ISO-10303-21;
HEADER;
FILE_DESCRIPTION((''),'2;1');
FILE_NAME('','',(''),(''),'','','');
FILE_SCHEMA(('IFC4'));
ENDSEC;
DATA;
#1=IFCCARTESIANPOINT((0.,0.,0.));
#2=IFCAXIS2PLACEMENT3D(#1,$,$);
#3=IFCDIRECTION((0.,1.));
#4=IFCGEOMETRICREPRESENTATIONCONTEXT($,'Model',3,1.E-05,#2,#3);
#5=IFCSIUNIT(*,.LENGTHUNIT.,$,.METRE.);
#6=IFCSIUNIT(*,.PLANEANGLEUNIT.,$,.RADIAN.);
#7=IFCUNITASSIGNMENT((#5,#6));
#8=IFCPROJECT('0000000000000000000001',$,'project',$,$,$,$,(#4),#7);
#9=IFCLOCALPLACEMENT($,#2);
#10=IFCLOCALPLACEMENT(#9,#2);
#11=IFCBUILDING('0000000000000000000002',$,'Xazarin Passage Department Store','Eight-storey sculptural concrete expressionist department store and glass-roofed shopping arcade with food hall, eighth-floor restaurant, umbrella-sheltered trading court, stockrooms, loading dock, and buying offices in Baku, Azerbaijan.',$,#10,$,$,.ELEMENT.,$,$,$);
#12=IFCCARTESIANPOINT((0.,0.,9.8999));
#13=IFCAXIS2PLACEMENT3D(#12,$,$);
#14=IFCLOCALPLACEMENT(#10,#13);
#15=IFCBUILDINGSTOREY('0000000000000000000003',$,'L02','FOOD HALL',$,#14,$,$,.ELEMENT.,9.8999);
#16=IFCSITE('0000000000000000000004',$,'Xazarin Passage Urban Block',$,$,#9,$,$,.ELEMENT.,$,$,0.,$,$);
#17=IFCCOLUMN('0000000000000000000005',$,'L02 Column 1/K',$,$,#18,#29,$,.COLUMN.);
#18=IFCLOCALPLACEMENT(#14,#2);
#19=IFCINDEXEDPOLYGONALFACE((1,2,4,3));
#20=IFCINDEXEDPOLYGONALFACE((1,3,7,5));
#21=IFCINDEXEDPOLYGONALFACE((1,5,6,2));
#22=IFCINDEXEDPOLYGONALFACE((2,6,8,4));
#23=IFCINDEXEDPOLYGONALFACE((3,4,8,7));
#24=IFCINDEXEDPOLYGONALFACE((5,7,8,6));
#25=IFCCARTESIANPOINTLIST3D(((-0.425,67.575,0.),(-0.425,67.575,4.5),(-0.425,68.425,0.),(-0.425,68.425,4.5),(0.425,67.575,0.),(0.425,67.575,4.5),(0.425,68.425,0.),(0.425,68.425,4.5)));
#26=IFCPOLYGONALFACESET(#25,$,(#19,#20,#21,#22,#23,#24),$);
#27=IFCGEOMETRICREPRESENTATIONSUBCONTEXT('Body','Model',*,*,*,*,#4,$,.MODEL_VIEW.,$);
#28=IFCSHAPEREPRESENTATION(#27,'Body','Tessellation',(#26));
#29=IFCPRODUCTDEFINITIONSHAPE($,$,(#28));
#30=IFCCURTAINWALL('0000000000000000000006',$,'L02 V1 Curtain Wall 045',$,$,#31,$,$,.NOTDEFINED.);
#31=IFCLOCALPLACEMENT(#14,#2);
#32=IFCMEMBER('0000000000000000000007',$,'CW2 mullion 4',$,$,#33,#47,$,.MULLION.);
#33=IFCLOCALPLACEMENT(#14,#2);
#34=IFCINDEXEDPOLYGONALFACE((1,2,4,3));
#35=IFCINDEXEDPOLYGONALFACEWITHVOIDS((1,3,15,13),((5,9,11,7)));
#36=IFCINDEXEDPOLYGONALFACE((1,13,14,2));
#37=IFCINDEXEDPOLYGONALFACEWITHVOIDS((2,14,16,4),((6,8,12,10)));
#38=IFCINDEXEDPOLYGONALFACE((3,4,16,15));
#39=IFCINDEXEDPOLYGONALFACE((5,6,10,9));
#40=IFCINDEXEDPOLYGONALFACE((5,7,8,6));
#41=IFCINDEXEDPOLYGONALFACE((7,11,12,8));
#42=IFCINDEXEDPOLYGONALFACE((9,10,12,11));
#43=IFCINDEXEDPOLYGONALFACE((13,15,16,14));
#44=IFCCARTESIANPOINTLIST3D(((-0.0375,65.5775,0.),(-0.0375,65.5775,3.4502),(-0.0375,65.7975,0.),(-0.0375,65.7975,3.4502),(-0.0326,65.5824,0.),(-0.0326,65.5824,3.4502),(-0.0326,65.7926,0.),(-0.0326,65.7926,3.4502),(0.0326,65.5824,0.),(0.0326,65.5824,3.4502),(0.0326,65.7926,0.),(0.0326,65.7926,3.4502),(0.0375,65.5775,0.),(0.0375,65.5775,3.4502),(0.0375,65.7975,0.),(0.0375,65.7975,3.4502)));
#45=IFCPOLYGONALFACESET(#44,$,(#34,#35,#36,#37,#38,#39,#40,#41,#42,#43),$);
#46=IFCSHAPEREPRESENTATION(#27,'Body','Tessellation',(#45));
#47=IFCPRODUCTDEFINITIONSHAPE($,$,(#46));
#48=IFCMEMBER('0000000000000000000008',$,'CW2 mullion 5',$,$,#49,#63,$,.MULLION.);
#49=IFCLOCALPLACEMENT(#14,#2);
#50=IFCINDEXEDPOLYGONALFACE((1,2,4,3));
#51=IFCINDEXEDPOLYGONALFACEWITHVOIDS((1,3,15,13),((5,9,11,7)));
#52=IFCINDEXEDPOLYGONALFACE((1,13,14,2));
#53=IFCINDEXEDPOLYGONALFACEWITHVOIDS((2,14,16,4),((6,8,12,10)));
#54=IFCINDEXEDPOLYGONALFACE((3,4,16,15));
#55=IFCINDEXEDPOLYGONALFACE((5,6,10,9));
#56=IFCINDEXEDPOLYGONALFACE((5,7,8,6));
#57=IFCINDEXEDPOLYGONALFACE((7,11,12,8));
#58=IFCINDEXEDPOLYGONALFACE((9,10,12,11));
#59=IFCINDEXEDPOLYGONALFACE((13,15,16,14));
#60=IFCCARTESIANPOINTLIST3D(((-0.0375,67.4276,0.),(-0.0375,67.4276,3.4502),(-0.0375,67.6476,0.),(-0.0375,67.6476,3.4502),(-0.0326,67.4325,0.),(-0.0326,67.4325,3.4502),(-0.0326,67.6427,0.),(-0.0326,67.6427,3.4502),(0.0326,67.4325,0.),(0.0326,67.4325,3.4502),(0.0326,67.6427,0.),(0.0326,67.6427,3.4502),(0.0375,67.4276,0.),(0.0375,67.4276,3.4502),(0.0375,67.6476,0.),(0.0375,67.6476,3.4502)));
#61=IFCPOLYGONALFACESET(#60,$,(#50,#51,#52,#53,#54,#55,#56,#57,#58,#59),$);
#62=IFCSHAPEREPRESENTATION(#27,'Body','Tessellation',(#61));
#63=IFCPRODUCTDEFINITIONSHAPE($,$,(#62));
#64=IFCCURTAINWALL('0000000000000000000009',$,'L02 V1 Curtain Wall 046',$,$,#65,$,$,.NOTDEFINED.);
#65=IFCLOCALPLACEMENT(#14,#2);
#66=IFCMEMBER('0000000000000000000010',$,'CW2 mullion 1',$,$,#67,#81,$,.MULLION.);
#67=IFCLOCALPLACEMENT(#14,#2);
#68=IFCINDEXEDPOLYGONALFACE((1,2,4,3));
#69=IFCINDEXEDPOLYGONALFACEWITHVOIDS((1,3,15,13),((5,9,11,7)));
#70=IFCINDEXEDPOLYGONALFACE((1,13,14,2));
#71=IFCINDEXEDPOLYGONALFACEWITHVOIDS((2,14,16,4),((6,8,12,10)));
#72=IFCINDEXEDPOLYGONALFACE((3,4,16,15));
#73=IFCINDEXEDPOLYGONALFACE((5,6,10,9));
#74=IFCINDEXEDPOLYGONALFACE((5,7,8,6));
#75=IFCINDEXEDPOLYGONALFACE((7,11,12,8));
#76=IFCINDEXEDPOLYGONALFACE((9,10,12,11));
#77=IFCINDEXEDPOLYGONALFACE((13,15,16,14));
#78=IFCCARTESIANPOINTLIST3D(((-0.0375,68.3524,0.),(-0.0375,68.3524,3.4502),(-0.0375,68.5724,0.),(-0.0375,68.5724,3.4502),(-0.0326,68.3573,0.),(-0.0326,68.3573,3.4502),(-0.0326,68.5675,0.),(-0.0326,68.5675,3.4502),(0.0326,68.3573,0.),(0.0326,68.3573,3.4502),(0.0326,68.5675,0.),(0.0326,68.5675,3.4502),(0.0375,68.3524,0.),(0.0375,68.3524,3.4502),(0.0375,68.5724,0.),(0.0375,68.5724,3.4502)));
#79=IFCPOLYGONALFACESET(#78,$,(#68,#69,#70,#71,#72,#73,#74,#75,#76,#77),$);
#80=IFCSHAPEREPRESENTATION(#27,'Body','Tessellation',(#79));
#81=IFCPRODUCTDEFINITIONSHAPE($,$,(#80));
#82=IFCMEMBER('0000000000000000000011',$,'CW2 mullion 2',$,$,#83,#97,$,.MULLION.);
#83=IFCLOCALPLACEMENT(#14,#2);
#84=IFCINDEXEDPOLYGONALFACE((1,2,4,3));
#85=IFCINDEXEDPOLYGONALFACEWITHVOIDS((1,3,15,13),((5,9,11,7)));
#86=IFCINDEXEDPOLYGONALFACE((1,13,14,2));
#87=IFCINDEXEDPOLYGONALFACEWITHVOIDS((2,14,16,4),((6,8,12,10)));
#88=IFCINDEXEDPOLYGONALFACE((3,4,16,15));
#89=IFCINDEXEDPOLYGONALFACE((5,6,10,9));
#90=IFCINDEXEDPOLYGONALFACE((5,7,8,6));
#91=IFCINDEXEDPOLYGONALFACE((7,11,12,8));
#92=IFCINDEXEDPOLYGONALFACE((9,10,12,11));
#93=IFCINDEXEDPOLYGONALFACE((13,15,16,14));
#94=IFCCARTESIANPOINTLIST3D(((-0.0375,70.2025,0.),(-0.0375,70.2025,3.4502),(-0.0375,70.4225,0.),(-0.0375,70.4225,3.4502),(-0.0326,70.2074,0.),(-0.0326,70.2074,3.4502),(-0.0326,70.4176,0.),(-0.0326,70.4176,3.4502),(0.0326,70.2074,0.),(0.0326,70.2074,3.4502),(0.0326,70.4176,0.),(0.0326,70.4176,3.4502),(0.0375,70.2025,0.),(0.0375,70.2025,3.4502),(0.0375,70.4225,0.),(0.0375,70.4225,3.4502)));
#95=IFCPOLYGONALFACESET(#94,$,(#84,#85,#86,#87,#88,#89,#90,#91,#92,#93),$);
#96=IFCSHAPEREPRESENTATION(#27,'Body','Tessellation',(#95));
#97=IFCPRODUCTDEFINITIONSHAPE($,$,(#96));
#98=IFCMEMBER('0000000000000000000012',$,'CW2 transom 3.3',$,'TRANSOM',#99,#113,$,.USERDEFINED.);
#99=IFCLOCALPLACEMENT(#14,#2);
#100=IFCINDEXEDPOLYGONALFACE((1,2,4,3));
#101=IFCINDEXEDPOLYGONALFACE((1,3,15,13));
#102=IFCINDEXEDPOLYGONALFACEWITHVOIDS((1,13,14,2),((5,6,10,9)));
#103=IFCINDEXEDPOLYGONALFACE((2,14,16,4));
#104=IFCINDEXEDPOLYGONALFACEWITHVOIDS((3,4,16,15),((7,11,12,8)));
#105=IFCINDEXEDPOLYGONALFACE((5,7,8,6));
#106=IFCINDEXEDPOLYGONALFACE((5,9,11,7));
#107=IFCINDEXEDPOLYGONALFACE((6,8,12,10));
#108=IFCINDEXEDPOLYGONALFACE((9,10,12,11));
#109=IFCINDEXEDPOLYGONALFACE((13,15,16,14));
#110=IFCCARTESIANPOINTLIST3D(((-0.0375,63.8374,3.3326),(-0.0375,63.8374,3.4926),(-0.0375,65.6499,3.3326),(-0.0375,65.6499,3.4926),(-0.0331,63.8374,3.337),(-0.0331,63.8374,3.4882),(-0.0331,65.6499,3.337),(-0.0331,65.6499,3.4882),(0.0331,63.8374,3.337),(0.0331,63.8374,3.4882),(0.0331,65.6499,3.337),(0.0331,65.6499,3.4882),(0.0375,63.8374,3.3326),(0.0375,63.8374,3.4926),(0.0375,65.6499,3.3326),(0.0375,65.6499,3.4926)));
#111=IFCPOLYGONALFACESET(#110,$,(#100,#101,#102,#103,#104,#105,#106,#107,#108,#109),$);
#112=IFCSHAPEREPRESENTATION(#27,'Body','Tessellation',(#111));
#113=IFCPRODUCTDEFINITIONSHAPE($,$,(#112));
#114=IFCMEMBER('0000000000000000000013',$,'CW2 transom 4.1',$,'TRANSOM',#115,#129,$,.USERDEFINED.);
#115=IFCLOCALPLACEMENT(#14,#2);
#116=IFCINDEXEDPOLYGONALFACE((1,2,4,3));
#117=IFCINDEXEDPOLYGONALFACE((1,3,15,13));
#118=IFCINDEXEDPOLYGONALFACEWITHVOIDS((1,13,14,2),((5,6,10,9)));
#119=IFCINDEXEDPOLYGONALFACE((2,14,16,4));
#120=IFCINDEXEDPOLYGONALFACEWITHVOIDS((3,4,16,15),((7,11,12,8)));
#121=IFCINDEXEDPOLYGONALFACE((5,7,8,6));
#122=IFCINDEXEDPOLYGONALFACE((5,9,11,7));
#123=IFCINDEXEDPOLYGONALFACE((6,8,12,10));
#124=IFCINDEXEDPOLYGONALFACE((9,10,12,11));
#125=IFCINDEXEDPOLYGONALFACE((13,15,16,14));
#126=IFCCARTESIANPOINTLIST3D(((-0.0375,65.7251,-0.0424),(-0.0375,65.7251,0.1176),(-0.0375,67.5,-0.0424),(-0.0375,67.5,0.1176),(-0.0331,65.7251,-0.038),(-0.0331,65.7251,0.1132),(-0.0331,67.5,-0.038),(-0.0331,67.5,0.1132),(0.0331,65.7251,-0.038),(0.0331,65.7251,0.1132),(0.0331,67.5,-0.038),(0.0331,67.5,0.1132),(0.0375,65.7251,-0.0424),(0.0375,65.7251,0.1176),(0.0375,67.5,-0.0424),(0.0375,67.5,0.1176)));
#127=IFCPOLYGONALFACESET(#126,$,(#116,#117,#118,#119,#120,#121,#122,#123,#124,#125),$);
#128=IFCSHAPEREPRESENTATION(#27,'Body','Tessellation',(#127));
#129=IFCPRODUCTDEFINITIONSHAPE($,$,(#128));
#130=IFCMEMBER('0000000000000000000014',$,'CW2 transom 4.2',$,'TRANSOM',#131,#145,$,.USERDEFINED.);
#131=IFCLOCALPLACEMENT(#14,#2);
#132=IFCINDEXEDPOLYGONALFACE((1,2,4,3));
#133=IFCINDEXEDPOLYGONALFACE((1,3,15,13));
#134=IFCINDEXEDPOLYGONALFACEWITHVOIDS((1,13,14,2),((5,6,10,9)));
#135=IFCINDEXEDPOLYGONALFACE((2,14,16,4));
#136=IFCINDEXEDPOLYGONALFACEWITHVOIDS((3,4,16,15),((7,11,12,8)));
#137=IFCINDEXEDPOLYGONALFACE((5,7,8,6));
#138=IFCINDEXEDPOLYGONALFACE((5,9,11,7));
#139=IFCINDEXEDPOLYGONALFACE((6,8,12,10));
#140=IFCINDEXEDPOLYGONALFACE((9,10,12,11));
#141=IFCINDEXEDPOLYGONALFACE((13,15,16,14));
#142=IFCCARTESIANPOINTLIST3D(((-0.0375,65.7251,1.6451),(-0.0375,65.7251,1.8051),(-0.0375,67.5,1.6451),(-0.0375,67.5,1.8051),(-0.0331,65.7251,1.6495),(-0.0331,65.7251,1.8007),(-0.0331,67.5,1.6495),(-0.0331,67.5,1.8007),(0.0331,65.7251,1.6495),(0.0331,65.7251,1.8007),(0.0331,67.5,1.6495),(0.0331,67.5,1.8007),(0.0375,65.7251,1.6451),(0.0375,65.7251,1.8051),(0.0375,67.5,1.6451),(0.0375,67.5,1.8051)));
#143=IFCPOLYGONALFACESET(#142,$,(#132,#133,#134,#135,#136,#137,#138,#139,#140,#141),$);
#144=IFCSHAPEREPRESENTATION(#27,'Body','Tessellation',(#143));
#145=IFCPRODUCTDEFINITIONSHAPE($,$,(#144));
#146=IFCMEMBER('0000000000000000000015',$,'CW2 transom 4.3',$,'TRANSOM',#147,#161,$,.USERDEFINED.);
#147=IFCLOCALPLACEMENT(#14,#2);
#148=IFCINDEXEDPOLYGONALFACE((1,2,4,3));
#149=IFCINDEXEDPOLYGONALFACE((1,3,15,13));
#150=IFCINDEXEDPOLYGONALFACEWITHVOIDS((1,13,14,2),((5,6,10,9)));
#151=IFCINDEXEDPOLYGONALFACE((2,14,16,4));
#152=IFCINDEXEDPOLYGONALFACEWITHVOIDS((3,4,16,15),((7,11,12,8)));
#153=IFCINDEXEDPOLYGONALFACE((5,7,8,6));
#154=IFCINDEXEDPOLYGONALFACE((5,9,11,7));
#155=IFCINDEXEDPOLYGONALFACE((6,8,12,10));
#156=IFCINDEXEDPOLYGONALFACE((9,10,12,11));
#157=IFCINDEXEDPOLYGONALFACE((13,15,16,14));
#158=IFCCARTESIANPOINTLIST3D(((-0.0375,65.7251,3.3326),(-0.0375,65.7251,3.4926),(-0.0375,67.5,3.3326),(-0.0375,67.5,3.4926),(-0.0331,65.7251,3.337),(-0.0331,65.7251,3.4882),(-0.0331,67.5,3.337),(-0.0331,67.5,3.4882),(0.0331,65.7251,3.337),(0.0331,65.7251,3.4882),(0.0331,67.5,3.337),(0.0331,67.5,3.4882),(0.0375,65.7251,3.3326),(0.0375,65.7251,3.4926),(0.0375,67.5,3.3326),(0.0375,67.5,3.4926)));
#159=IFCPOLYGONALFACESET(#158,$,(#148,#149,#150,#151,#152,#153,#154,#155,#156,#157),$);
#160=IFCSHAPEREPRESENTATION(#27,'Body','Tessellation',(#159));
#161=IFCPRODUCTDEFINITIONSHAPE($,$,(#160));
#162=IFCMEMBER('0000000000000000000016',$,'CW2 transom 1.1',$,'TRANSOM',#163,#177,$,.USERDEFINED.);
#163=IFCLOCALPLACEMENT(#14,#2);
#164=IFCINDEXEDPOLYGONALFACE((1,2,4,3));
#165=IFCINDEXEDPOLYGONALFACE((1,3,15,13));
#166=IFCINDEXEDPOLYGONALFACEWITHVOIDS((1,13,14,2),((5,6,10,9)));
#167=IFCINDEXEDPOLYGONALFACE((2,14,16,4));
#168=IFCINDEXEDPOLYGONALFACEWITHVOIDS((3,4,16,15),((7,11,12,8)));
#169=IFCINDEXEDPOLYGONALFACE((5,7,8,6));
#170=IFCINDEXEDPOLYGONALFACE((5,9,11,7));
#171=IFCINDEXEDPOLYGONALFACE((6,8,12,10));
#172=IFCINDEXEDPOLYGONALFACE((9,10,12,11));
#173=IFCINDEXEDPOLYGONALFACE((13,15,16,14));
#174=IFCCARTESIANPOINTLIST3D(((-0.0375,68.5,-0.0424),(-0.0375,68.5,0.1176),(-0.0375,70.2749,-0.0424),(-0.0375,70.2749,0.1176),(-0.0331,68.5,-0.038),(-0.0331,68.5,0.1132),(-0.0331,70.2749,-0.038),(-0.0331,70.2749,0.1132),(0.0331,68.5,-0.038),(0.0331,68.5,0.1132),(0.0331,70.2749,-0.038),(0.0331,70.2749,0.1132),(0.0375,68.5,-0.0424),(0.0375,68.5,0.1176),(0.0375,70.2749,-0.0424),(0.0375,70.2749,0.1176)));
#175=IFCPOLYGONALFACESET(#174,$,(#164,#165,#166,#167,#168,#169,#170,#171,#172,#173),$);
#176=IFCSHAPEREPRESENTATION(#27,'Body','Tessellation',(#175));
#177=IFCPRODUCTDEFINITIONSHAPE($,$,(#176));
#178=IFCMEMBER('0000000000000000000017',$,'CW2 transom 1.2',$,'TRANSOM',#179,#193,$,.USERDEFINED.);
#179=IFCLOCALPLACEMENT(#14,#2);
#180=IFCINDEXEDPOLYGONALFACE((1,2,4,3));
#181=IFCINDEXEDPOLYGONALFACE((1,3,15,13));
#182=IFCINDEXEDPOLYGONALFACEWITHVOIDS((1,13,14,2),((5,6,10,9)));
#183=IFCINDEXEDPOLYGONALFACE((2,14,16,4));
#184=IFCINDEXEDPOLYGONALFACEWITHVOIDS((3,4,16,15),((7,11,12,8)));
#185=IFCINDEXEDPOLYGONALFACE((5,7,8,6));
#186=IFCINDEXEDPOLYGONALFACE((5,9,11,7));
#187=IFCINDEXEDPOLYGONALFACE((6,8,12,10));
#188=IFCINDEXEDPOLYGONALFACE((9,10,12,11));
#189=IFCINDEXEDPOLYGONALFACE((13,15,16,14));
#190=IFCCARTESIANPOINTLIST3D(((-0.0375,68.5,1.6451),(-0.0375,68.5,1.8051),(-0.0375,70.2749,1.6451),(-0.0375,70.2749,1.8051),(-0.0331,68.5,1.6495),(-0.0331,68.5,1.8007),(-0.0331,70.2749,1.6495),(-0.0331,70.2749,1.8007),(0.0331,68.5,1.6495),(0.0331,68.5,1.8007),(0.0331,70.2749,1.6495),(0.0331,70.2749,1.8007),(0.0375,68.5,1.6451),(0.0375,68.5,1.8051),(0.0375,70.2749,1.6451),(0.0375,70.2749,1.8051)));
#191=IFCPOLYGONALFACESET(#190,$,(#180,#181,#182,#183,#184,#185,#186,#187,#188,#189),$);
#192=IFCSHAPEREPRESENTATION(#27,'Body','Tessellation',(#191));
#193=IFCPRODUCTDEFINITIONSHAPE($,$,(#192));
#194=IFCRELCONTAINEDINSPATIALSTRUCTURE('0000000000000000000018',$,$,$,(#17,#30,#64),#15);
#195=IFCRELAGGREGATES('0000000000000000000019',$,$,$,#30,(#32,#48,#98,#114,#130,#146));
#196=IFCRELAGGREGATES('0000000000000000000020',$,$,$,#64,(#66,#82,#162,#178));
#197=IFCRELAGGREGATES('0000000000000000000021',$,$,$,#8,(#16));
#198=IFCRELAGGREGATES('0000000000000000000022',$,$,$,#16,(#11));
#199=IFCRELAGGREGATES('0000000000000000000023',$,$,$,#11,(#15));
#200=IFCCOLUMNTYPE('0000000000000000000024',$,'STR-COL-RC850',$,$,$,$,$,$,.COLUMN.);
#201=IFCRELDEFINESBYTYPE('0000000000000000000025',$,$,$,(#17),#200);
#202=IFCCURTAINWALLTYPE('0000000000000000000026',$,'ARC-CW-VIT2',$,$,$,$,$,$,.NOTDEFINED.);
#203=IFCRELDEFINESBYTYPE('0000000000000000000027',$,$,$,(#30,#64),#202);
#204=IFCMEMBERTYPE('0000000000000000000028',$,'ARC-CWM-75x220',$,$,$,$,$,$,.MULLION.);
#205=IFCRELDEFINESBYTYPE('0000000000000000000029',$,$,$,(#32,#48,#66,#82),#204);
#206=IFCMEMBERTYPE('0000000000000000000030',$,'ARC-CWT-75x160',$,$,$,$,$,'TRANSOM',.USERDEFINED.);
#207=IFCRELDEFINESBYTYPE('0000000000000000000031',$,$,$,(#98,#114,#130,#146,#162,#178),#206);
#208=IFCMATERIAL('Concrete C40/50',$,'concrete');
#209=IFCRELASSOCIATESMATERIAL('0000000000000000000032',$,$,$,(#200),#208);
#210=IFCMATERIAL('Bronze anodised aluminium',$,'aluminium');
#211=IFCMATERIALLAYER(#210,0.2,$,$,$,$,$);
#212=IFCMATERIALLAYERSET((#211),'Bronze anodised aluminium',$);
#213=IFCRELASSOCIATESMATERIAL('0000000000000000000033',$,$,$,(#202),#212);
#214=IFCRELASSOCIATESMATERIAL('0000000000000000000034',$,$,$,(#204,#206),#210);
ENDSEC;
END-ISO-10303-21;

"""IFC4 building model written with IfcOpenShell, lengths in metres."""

from ifc_helpers import new_model, si_unit, direction, frame, origin, origin_2d, place, context, subcontext, project, spatial, rectangle, hollow_rectangle, extrude, material, layer, layer_set, material_profile, profile_set, type_object, element, aggregate, save


model = new_model("IFC4")

# Units and contexts
model_context = context("Model", 3, precision=1e-05, world=origin(), true_north=direction((0.0, 1.0)))
body_context = subcontext(model_context, "Body", "Model", "MODEL_VIEW")
ifc_project = project(units=[si_unit("LENGTHUNIT", "METRE"), si_unit("PLANEANGLEUNIT", "RADIAN")], contexts=[model_context])

# Site, building, storey
site_placement = place(None, origin())
site = spatial("IfcSite", under=ifc_project, at=site_placement, Name="Xazarin Passage Urban Block", CompositionType="ELEMENT", RefElevation=0.0)
building_placement = place(site_placement, origin())
building = spatial("IfcBuilding", under=site, at=building_placement, Name="Xazarin Passage Department Store", Description="Eight-storey sculptural concrete expressionist department store and glass-roofed shopping arcade with food hall, eighth-floor restaurant, umbrella-sheltered trading court, stockrooms, loading dock, and buying offices in Baku, Azerbaijan.", CompositionType="ELEMENT")
storey_placement = place(building_placement, frame((0.0, 0.0, 9.8999)))
storey = spatial("IfcBuildingStorey", under=building, at=storey_placement, Name="L02", Description="FOOD HALL", CompositionType="ELEMENT", Elevation=9.8999)

# Column
ifc_material_1 = material(Name="Concrete C40/50", Category="concrete")
ifc_material_profile_1 = material_profile(ifc_material_1, rectangle(XDim=0.8501, YDim=0.8501, at=origin_2d()), Name="RC 850x850")
ifc_profile_set_1 = profile_set([ifc_material_profile_1], Name="Concrete C40/50")
column_type = type_object("IfcColumnType", Name="STR-COL-RC850", PredefinedType="COLUMN", material=ifc_profile_set_1)
column_placement = place(storey_placement, frame((0.0, 68.0, 0.0), z_axis=(0.0, 0.0, 1.0), x_axis=(1.0, 0.0, 0.0)))
element("IfcColumn", 1, at=column_placement, inside=storey, type_object=column_type, Name="L02 Column 1/K", PredefinedType="COLUMN", context=body_context, shape_type="SweptSolid", body=[
    extrude(rectangle(XDim=0.8501, YDim=0.8501, at=origin_2d()), origin(), (0.0, 0.0, 1.0), 4.5),
])

# Curtain walls, members
ifc_material_2 = material(Name="Bronze anodised aluminium", Category="aluminium")
ifc_layer_1 = layer(ifc_material_2, 0.2)
ifc_layer_set_1 = layer_set([ifc_layer_1], Name="Bronze anodised aluminium")
curtain_wall_type = type_object("IfcCurtainWallType", Name="ARC-CW-VIT2", PredefinedType="NOTDEFINED", material=ifc_layer_set_1)
curtain_wall_1_placement = place(storey_placement, origin())
curtain_wall_1 = element("IfcCurtainWall", 2, at=curtain_wall_1_placement, inside=storey, type_object=curtain_wall_type, Name="L02 V1 Curtain Wall 045", PredefinedType="NOTDEFINED")
ifc_material_profile_2 = material_profile(ifc_material_2, hollow_rectangle(XDim=0.075, YDim=0.22, WallThickness=0.0049, at=origin_2d()), Name="ALU 75x220")
ifc_profile_set_2 = profile_set([ifc_material_profile_2], Name="Bronze anodised aluminium")
member_type_1 = type_object("IfcMemberType", Name="ARC-CWM-75x220", PredefinedType="MULLION", material=ifc_profile_set_2)
member_1_placement = place(storey_placement, frame((0.0, 65.6875, 0.0), z_axis=(0.0, 0.0, 1.0), x_axis=(-1.0, 0.0, 0.0)))
member_1 = element("IfcMember", 3, at=member_1_placement, type_object=member_type_1, Name="CW2 mullion 4", PredefinedType="MULLION", context=body_context, shape_type="SweptSolid", body=[
    extrude(hollow_rectangle(XDim=0.075, YDim=0.22, WallThickness=0.0049, at=origin_2d()), origin(), (0.0, 0.0, 1.0), 3.4502),
])
member_2_placement = place(storey_placement, frame((0.0, 67.5376, 0.0), z_axis=(0.0, 0.0, 1.0), x_axis=(-1.0, 0.0, 0.0)))
member_2 = element("IfcMember", 4, at=member_2_placement, type_object=member_type_1, Name="CW2 mullion 5", PredefinedType="MULLION", context=body_context, shape_type="SweptSolid", body=[
    extrude(hollow_rectangle(XDim=0.075, YDim=0.22, WallThickness=0.0049, at=origin_2d()), origin(), (0.0, 0.0, 1.0), 3.4502),
])
curtain_wall_2_placement = place(storey_placement, origin())
curtain_wall_2 = element("IfcCurtainWall", 5, at=curtain_wall_2_placement, inside=storey, type_object=curtain_wall_type, Name="L02 V1 Curtain Wall 046", PredefinedType="NOTDEFINED")
member_3_placement = place(storey_placement, frame((0.0, 68.4624, 0.0), z_axis=(0.0, 0.0, 1.0), x_axis=(-1.0, 0.0, 0.0)))
member_3 = element("IfcMember", 6, at=member_3_placement, type_object=member_type_1, Name="CW2 mullion 1", PredefinedType="MULLION", context=body_context, shape_type="SweptSolid", body=[
    extrude(hollow_rectangle(XDim=0.075, YDim=0.22, WallThickness=0.0049, at=origin_2d()), origin(), (0.0, 0.0, 1.0), 3.4502),
])
member_4_placement = place(storey_placement, frame((0.0, 70.3125, 0.0), z_axis=(0.0, 0.0, 1.0), x_axis=(-1.0, 0.0, 0.0)))
member_4 = element("IfcMember", 7, at=member_4_placement, type_object=member_type_1, Name="CW2 mullion 2", PredefinedType="MULLION", context=body_context, shape_type="SweptSolid", body=[
    extrude(hollow_rectangle(XDim=0.075, YDim=0.22, WallThickness=0.0049, at=origin_2d()), origin(), (0.0, 0.0, 1.0), 3.4502),
])

# Members
ifc_material_profile_3 = material_profile(ifc_material_2, hollow_rectangle(XDim=0.075, YDim=0.1599, WallThickness=0.0044, at=origin_2d()), Name="ALU 75x160")
ifc_profile_set_3 = profile_set([ifc_material_profile_3], Name="Bronze anodised aluminium")
member_type_2 = type_object("IfcMemberType", Name="ARC-CWT-75x160", ElementType="TRANSOM", PredefinedType="USERDEFINED", material=ifc_profile_set_3)
member_5_placement = place(storey_placement, frame((0.0, 63.8374, 3.4126), z_axis=(0.0, 1.0, 0.0), x_axis=(-1.0, 0.0, 0.0)))
member_5 = element("IfcMember", 8, at=member_5_placement, type_object=member_type_2, Name="CW2 transom 3.3", ObjectType="TRANSOM", PredefinedType="USERDEFINED", context=body_context, shape_type="SweptSolid", body=[
    extrude(hollow_rectangle(XDim=0.075, YDim=0.1599, WallThickness=0.0044, at=origin_2d()), origin(), (0.0, 0.0, 1.0), 1.8125),
])
member_6_placement = place(storey_placement, frame((0.0, 65.7251, 0.0376), z_axis=(0.0, 1.0, 0.0), x_axis=(-1.0, 0.0, 0.0)))
member_6 = element("IfcMember", 9, at=member_6_placement, type_object=member_type_2, Name="CW2 transom 4.1", ObjectType="TRANSOM", PredefinedType="USERDEFINED", context=body_context, shape_type="SweptSolid", body=[
    extrude(hollow_rectangle(XDim=0.075, YDim=0.1599, WallThickness=0.0044, at=origin_2d()), origin(), (0.0, 0.0, 1.0), 1.7749),
])
member_7_placement = place(storey_placement, frame((0.0, 65.7251, 1.7251), z_axis=(0.0, 1.0, 0.0), x_axis=(-1.0, 0.0, 0.0)))
member_7 = element("IfcMember", 10, at=member_7_placement, type_object=member_type_2, Name="CW2 transom 4.2", ObjectType="TRANSOM", PredefinedType="USERDEFINED", context=body_context, shape_type="SweptSolid", body=[
    extrude(hollow_rectangle(XDim=0.075, YDim=0.1599, WallThickness=0.0044, at=origin_2d()), origin(), (0.0, 0.0, 1.0), 1.7749),
])
member_8_placement = place(storey_placement, frame((0.0, 65.7251, 3.4126), z_axis=(0.0, 1.0, 0.0), x_axis=(-1.0, 0.0, 0.0)))
member_8 = element("IfcMember", 11, at=member_8_placement, type_object=member_type_2, Name="CW2 transom 4.3", ObjectType="TRANSOM", PredefinedType="USERDEFINED", context=body_context, shape_type="SweptSolid", body=[
    extrude(hollow_rectangle(XDim=0.075, YDim=0.1599, WallThickness=0.0044, at=origin_2d()), origin(), (0.0, 0.0, 1.0), 1.7749),
])
member_9_placement = place(storey_placement, frame((0.0, 68.5, 0.0376), z_axis=(0.0, 1.0, 0.0), x_axis=(-1.0, 0.0, 0.0)))
member_9 = element("IfcMember", 12, at=member_9_placement, type_object=member_type_2, Name="CW2 transom 1.1", ObjectType="TRANSOM", PredefinedType="USERDEFINED", context=body_context, shape_type="SweptSolid", body=[
    extrude(hollow_rectangle(XDim=0.075, YDim=0.1599, WallThickness=0.0044, at=origin_2d()), origin(), (0.0, 0.0, 1.0), 1.7749),
])
member_10_placement = place(storey_placement, frame((0.0, 68.5, 1.7251), z_axis=(0.0, 1.0, 0.0), x_axis=(-1.0, 0.0, 0.0)))
member_10 = element("IfcMember", 13, at=member_10_placement, type_object=member_type_2, Name="CW2 transom 1.2", ObjectType="TRANSOM", PredefinedType="USERDEFINED", context=body_context, shape_type="SweptSolid", body=[
    extrude(hollow_rectangle(XDim=0.075, YDim=0.1599, WallThickness=0.0044, at=origin_2d()), origin(), (0.0, 0.0, 1.0), 1.7749),
])

aggregate(curtain_wall_1, [member_1, member_2, member_5, member_6, member_7, member_8])
aggregate(curtain_wall_2, [member_3, member_4, member_9, member_10])

save(model, "model.ifc")
